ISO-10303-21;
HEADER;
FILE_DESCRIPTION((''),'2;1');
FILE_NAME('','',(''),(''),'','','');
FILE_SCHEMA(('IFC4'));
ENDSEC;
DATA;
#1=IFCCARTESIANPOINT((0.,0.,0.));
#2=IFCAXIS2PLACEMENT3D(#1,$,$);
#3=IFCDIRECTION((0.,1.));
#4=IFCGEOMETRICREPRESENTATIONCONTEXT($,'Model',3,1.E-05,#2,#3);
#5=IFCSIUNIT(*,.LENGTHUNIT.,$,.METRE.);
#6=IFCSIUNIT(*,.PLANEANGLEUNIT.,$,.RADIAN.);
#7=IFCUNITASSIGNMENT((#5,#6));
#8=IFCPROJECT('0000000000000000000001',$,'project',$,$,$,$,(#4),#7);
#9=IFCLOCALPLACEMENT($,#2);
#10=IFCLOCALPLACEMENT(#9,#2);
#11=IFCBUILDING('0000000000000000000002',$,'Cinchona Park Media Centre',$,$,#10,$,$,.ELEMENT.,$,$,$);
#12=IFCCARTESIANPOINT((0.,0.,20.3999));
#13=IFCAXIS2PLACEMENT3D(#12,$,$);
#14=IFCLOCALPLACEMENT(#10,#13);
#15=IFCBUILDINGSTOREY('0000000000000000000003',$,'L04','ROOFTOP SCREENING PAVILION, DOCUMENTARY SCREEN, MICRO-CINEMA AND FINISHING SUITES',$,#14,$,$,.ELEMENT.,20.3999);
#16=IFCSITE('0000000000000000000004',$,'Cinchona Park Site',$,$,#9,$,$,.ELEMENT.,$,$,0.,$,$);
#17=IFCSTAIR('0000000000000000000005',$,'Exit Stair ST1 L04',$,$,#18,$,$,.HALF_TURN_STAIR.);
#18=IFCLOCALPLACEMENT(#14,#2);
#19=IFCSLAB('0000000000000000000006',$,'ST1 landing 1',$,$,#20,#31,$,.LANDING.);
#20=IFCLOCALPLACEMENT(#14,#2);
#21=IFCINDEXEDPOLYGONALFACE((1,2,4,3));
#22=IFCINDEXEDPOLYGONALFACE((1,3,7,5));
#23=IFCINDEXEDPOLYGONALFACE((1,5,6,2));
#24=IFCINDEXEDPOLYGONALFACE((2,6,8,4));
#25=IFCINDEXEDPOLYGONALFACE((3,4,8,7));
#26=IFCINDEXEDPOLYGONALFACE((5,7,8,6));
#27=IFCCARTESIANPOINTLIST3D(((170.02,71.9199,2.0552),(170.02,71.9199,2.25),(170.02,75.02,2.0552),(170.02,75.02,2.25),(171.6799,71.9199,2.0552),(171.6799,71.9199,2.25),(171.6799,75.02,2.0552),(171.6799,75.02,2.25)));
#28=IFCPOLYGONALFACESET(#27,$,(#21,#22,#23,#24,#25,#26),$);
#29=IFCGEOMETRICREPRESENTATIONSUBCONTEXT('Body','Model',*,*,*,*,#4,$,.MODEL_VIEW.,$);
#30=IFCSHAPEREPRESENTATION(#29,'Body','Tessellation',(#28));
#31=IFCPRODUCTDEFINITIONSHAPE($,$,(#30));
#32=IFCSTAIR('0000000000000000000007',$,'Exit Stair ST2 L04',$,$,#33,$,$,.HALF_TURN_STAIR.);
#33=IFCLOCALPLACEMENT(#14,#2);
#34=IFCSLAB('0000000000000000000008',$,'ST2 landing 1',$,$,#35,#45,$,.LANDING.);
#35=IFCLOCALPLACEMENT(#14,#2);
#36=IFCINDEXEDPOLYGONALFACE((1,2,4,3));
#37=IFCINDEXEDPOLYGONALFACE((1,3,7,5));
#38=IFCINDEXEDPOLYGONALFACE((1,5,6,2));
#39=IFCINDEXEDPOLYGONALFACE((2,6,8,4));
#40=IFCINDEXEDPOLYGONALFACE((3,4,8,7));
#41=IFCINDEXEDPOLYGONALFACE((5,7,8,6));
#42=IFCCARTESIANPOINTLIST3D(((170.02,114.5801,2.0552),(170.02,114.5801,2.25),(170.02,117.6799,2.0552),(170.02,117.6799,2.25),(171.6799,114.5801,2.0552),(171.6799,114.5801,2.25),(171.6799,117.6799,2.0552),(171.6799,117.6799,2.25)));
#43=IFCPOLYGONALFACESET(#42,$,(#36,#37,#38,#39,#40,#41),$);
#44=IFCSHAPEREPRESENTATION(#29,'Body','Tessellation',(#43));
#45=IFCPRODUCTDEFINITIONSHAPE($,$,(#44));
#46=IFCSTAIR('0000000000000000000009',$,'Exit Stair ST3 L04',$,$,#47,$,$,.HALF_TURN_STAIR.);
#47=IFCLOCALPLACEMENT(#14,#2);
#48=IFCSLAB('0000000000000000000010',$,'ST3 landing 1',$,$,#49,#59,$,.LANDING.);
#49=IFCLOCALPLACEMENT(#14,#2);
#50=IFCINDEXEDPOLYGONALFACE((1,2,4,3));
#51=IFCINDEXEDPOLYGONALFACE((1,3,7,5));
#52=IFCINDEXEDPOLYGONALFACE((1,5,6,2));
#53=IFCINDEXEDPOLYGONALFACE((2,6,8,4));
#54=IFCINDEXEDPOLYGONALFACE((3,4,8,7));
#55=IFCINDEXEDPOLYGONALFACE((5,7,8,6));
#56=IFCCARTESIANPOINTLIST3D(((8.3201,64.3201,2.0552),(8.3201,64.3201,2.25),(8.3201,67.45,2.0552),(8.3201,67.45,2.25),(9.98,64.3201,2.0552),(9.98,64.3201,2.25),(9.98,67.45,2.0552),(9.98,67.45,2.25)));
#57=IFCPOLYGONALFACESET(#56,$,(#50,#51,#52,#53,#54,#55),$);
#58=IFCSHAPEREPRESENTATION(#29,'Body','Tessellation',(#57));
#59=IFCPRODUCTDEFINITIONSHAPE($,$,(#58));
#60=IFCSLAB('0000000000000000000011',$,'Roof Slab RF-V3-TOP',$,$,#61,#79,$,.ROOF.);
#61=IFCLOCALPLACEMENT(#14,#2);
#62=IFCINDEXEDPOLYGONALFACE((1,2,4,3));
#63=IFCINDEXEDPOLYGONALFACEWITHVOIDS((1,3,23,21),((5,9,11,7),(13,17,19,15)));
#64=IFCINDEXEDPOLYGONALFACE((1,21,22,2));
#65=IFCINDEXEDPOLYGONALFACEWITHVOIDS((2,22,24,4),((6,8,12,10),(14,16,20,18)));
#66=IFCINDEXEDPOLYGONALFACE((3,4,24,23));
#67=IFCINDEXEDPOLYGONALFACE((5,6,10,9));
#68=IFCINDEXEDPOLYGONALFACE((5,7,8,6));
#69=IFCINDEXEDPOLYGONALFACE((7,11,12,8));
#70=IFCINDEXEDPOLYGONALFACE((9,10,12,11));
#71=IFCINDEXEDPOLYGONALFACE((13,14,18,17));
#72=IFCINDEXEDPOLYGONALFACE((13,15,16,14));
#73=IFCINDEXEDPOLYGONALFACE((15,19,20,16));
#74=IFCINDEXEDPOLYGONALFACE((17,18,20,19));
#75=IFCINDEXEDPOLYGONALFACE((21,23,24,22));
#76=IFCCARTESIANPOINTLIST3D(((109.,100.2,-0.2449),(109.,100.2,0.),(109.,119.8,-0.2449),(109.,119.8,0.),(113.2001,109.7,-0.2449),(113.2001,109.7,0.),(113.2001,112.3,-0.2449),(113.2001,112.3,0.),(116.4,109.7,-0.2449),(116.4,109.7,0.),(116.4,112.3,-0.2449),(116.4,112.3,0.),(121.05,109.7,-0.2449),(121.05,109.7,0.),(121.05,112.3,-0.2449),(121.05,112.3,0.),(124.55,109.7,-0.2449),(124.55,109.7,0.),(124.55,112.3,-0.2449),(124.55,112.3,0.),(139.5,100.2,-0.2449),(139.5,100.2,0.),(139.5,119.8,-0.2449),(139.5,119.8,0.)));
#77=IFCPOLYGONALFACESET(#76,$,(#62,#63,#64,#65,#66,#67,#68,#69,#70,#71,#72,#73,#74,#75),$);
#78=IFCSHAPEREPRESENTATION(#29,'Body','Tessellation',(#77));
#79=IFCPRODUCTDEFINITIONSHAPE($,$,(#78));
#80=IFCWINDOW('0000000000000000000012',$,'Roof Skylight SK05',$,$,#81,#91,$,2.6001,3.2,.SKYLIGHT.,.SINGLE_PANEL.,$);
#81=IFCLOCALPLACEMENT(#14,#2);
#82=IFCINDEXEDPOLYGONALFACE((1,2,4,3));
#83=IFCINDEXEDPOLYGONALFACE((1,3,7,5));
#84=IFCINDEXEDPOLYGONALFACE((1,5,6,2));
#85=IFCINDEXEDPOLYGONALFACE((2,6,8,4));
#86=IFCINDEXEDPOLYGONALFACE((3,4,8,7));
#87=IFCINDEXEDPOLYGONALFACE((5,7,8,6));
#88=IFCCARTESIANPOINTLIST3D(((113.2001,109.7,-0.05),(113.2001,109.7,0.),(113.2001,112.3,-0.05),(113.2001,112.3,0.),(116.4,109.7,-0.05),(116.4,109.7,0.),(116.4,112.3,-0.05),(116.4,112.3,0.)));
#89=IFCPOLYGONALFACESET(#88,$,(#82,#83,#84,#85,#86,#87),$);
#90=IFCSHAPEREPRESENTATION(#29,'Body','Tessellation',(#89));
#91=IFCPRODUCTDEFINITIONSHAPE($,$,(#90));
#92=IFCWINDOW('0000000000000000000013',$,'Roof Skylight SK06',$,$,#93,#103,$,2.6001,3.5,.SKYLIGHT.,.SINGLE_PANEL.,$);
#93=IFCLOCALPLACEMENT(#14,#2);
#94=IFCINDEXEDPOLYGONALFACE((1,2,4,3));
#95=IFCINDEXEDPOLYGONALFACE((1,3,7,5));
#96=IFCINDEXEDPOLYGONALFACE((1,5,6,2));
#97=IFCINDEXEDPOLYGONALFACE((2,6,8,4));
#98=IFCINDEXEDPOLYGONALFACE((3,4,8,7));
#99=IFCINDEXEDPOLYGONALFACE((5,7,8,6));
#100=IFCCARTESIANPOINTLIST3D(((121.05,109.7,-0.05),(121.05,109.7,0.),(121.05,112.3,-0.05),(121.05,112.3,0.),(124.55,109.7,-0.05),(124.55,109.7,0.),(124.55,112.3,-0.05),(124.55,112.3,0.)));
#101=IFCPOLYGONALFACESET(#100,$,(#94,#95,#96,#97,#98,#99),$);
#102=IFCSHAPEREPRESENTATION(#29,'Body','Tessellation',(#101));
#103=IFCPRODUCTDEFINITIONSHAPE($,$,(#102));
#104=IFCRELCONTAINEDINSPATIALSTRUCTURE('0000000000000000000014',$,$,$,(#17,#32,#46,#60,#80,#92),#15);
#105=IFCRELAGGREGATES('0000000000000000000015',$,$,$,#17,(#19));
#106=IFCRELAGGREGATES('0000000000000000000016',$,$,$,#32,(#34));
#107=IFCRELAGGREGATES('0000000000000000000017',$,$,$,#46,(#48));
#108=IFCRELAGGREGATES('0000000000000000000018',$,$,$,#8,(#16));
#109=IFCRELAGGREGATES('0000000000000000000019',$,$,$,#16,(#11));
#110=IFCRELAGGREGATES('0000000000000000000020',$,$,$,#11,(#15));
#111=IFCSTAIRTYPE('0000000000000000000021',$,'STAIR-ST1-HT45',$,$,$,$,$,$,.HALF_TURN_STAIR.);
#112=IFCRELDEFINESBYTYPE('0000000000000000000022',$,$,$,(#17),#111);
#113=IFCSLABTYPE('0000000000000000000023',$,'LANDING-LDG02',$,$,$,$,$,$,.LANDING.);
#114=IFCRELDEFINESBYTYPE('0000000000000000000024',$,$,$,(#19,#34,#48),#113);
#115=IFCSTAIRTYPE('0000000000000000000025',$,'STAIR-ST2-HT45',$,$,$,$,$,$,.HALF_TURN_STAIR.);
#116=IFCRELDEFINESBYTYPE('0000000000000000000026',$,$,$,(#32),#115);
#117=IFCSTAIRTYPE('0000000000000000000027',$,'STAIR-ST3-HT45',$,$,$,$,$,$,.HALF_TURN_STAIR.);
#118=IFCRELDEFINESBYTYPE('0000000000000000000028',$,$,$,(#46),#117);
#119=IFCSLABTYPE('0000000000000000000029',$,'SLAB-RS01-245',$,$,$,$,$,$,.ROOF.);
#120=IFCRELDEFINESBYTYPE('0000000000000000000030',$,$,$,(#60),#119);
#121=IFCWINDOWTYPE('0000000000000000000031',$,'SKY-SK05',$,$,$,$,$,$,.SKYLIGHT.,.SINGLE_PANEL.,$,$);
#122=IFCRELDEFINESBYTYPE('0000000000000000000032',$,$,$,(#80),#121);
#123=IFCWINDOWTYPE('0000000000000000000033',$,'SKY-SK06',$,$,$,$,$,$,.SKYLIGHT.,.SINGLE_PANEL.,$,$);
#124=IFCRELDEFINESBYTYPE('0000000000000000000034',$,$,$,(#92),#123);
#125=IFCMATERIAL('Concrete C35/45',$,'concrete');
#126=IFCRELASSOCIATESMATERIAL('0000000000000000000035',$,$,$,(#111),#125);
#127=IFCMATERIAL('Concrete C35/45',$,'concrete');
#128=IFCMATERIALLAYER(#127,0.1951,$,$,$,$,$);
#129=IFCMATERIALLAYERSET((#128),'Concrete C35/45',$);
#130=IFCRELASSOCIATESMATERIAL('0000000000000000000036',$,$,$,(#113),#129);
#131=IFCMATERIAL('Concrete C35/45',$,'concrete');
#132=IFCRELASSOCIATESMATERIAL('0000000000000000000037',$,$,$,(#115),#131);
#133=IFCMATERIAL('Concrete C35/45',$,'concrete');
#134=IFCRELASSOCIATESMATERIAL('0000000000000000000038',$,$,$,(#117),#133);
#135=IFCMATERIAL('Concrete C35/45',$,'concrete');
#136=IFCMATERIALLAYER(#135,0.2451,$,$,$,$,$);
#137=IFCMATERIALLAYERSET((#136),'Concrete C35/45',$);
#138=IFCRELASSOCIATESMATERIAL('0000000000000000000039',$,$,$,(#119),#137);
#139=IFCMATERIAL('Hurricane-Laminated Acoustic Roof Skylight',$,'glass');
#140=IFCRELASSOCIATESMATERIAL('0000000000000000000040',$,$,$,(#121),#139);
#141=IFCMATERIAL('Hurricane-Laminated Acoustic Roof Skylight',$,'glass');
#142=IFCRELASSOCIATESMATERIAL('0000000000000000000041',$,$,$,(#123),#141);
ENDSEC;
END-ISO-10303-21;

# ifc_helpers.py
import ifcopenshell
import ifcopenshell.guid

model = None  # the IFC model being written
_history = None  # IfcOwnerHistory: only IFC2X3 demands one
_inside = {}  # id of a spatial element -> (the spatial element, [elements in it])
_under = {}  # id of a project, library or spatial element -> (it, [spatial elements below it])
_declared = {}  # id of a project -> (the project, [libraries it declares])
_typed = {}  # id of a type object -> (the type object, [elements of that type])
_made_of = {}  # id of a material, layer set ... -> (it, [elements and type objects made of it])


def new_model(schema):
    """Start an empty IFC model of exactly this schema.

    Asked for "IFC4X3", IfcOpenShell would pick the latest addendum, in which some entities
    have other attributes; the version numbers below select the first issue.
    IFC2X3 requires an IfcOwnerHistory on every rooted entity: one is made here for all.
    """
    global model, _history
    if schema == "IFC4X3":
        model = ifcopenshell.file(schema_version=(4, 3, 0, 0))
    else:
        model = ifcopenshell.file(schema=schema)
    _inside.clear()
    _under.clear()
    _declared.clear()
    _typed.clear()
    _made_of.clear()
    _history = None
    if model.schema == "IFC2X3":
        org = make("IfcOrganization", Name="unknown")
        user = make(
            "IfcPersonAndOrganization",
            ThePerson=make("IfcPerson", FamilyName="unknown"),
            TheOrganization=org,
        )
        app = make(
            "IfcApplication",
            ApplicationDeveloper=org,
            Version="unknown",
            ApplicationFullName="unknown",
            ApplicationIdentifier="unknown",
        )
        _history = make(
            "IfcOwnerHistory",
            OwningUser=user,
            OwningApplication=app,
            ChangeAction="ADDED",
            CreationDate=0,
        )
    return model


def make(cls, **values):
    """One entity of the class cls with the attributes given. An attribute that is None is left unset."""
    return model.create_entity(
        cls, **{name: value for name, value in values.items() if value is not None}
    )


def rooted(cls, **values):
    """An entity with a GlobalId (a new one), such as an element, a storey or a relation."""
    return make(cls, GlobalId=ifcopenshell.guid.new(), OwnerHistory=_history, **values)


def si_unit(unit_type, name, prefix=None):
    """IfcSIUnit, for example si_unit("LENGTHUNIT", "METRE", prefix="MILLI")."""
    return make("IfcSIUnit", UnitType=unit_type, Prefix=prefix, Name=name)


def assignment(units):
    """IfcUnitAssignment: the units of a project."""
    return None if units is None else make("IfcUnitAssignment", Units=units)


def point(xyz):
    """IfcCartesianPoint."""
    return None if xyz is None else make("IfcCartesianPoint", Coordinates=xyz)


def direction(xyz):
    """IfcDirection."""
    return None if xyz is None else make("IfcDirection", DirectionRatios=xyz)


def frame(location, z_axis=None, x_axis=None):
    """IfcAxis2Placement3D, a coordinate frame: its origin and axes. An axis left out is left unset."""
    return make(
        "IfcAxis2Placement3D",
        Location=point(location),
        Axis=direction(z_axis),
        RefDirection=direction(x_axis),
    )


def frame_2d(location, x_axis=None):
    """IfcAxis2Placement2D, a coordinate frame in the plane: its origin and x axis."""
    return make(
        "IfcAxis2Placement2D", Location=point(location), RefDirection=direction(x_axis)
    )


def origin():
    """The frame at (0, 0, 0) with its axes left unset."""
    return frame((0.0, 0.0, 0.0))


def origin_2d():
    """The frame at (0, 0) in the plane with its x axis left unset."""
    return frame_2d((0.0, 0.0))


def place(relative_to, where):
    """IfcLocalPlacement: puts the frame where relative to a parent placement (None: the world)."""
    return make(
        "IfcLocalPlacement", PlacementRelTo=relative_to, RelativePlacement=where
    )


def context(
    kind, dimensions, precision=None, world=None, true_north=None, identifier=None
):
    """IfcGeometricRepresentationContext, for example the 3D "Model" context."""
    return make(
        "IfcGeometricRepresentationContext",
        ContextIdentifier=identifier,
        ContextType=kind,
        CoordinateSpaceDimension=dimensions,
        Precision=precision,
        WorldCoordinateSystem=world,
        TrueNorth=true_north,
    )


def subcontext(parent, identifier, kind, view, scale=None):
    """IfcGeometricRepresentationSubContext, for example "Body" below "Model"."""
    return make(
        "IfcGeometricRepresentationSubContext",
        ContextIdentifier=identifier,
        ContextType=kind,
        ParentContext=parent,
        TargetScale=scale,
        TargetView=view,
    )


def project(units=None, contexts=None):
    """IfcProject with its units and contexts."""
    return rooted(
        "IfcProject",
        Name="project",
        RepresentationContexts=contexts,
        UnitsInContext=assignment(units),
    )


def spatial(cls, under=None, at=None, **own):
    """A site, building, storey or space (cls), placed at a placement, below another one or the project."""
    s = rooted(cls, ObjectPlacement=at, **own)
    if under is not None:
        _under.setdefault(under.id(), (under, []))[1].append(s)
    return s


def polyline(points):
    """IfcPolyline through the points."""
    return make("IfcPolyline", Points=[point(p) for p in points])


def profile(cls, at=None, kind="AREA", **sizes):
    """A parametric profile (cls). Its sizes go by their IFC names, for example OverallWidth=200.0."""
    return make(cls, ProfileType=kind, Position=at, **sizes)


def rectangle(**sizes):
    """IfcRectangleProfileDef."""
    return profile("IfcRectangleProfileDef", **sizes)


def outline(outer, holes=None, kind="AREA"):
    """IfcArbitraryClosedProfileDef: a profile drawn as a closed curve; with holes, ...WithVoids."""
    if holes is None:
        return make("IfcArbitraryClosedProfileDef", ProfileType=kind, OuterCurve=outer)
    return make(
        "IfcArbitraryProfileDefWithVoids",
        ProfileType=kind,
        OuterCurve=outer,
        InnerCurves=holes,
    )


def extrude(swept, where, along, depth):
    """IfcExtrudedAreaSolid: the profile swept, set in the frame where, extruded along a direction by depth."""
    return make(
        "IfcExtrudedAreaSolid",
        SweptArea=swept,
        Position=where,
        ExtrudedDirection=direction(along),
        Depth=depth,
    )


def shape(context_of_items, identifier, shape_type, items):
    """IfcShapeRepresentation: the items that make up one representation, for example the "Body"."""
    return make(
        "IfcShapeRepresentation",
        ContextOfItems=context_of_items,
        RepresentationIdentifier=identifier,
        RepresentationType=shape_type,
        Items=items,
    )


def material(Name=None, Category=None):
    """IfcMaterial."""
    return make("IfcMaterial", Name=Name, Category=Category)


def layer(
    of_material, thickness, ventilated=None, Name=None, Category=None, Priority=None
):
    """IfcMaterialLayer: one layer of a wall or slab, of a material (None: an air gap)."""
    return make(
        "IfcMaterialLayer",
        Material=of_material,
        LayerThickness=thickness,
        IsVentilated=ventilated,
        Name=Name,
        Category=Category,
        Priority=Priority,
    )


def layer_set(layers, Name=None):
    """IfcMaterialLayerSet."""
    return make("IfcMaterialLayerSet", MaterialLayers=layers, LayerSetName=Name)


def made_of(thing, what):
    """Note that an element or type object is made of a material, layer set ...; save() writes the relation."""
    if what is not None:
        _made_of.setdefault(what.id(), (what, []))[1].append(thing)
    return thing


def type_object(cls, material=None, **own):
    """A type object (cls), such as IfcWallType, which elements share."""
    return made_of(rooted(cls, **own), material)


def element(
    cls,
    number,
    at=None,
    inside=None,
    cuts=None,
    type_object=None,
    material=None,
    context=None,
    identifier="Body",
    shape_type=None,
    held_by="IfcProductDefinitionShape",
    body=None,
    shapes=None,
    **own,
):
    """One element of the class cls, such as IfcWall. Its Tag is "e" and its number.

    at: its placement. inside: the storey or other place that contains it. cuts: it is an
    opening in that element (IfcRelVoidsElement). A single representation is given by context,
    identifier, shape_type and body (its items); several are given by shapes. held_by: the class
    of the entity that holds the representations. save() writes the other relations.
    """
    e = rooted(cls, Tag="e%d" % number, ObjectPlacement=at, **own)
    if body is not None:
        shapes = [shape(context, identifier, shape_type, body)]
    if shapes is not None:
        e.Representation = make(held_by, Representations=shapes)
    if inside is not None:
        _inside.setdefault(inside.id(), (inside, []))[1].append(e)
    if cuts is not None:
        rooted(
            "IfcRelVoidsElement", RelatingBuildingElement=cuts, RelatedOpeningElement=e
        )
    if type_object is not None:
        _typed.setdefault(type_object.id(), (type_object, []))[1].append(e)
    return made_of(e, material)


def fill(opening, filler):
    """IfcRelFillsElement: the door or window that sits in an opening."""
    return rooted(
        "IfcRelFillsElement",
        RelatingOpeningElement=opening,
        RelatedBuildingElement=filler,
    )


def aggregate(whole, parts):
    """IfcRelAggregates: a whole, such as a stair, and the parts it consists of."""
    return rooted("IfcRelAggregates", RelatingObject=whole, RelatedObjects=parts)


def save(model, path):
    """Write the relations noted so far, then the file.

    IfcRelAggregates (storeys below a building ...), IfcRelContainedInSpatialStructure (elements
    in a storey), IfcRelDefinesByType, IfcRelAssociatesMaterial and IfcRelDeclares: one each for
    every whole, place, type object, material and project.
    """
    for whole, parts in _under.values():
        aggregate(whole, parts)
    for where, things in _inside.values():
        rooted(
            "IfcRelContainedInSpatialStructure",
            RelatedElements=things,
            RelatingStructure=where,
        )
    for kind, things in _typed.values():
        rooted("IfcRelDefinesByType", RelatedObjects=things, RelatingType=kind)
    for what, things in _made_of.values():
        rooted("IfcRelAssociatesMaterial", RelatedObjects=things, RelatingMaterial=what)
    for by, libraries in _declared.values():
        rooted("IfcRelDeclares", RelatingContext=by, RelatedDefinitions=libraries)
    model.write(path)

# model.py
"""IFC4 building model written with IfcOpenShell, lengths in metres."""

from ifc_helpers import new_model, si_unit, direction, frame, origin, origin_2d, place, context, subcontext, project, spatial, polyline, rectangle, outline, extrude, material, layer, layer_set, type_object, element, fill, aggregate, save


model = new_model("IFC4")

# Units and contexts
model_context = context("Model", 3, precision=1e-05, world=origin(), true_north=direction((0.0, 1.0)))
body_context = subcontext(model_context, "Body", "Model", "MODEL_VIEW")
ifc_project = project(units=[si_unit("LENGTHUNIT", "METRE"), si_unit("PLANEANGLEUNIT", "RADIAN")], contexts=[model_context])

# Site, building, storey
site_placement = place(None, origin())
site = spatial("IfcSite", under=ifc_project, at=site_placement, Name="Cinchona Park Site", CompositionType="ELEMENT", RefElevation=0.0)
building_placement = place(site_placement, origin())
building = spatial("IfcBuilding", under=site, at=building_placement, Name="Cinchona Park Media Centre", CompositionType="ELEMENT")
storey_placement = place(building_placement, frame((0.0, 0.0, 20.3999)))
storey = spatial("IfcBuildingStorey", under=building, at=storey_placement, Name="L04", Description="ROOFTOP SCREENING PAVILION, DOCUMENTARY SCREEN, MICRO-CINEMA AND FINISHING SUITES", CompositionType="ELEMENT", Elevation=20.3999)

# Stairs, slabs
ifc_material_1 = material(Name="Concrete C35/45", Category="concrete")
stair_type_1 = type_object("IfcStairType", Name="STAIR-ST1-HT45", PredefinedType="HALF_TURN_STAIR", material=ifc_material_1)
stair_1_placement = place(storey_placement, origin())
stair_1 = element("IfcStair", 1, at=stair_1_placement, inside=storey, type_object=stair_type_1, Name="Exit Stair ST1 L04", PredefinedType="HALF_TURN_STAIR")
ifc_material_2 = material(Name="Concrete C35/45", Category="concrete")
ifc_layer_1 = layer(ifc_material_2, 0.1951)
ifc_layer_set_1 = layer_set([ifc_layer_1], Name="Concrete C35/45")
slab_type_1 = type_object("IfcSlabType", Name="LANDING-LDG02", PredefinedType="LANDING", material=ifc_layer_set_1)
slab_1_placement = place(storey_placement, frame((0.0, 0.0, 2.0552)))
slab_1 = element("IfcSlab", 2, at=slab_1_placement, type_object=slab_type_1, Name="ST1 landing 1", PredefinedType="LANDING", context=body_context, shape_type="SweptSolid", body=[
    extrude(outline(polyline([(170.02, 71.9199), (171.6799, 71.9199), (171.6799, 75.02), (170.02, 75.02), (170.02, 71.9199)])), origin(), (0.0, 0.0, 1.0), 0.1948),
])
aggregate(stair_1, [slab_1])
ifc_material_3 = material(Name="Concrete C35/45", Category="concrete")
stair_type_2 = type_object("IfcStairType", Name="STAIR-ST2-HT45", PredefinedType="HALF_TURN_STAIR", material=ifc_material_3)
stair_2_placement = place(storey_placement, origin())
stair_2 = element("IfcStair", 3, at=stair_2_placement, inside=storey, type_object=stair_type_2, Name="Exit Stair ST2 L04", PredefinedType="HALF_TURN_STAIR")
slab_2_placement = place(storey_placement, frame((0.0, 0.0, 2.0552)))
slab_2 = element("IfcSlab", 4, at=slab_2_placement, type_object=slab_type_1, Name="ST2 landing 1", PredefinedType="LANDING", context=body_context, shape_type="SweptSolid", body=[
    extrude(outline(polyline([(170.02, 114.5801), (171.6799, 114.5801), (171.6799, 117.6799), (170.02, 117.6799), (170.02, 114.5801)])), origin(), (0.0, 0.0, 1.0), 0.1948),
])
aggregate(stair_2, [slab_2])
ifc_material_4 = material(Name="Concrete C35/45", Category="concrete")
stair_type_3 = type_object("IfcStairType", Name="STAIR-ST3-HT45", PredefinedType="HALF_TURN_STAIR", material=ifc_material_4)
stair_3_placement = place(storey_placement, origin())
stair_3 = element("IfcStair", 5, at=stair_3_placement, inside=storey, type_object=stair_type_3, Name="Exit Stair ST3 L04", PredefinedType="HALF_TURN_STAIR")
slab_3_placement = place(storey_placement, frame((0.0, 0.0, 2.0552)))
slab_3 = element("IfcSlab", 6, at=slab_3_placement, type_object=slab_type_1, Name="ST3 landing 1", PredefinedType="LANDING", context=body_context, shape_type="SweptSolid", body=[
    extrude(outline(polyline([(8.3201, 64.3201), (9.98, 64.3201), (9.98, 67.45), (8.3201, 67.45), (8.3201, 64.3201)])), origin(), (0.0, 0.0, 1.0), 0.1948),
])
aggregate(stair_3, [slab_3])

# Slab, openings, windows
ifc_material_5 = material(Name="Concrete C35/45", Category="concrete")
ifc_layer_2 = layer(ifc_material_5, 0.2451)
ifc_layer_set_2 = layer_set([ifc_layer_2], Name="Concrete C35/45")
slab_type_2 = type_object("IfcSlabType", Name="SLAB-RS01-245", PredefinedType="ROOF", material=ifc_layer_set_2)
slab_4_placement = place(storey_placement, frame((0.0, 0.0, -0.2449)))
slab_4 = element("IfcSlab", 7, at=slab_4_placement, inside=storey, type_object=slab_type_2, Name="Roof Slab RF-V3-TOP", PredefinedType="ROOF", context=body_context, shape_type="SweptSolid", body=[
    extrude(outline(polyline([(109.0, 100.2), (139.5, 100.2), (139.5, 119.8), (109.0, 119.8), (109.0, 100.2)])), origin(), (0.0, 0.0, 1.0), 0.2449),
])
opening_1_placement = place(slab_4_placement, frame((114.8, 111.0, 0.0)))
opening_1 = element("IfcOpeningElement", 8, at=opening_1_placement, cuts=slab_4, PredefinedType="OPENING", context=body_context, shape_type="SweptSolid", body=[
    extrude(rectangle(XDim=3.2, YDim=2.6001, at=origin_2d()), origin(), (0.0, 0.0, 1.0), 0.2449),
])
opening_2_placement = place(slab_4_placement, frame((122.8, 111.0, 0.0)))
opening_2 = element("IfcOpeningElement", 9, at=opening_2_placement, cuts=slab_4, PredefinedType="OPENING", context=body_context, shape_type="SweptSolid", body=[
    extrude(rectangle(XDim=3.5, YDim=2.6001, at=origin_2d()), origin(), (0.0, 0.0, 1.0), 0.2449),
])
ifc_material_6 = material(Name="Hurricane-Laminated Acoustic Roof Skylight", Category="glass")
window_type_1 = type_object("IfcWindowType", Name="SKY-SK05", PartitioningType="SINGLE_PANEL", PredefinedType="SKYLIGHT", material=ifc_material_6)
window_1_placement = place(opening_1_placement, frame((0.0, 0.0, 0.1948)))
window_1 = element("IfcWindow", 10, at=window_1_placement, inside=storey, type_object=window_type_1, Name="Roof Skylight SK05", OverallHeight=2.6001, OverallWidth=3.2, PartitioningType="SINGLE_PANEL", PredefinedType="SKYLIGHT", context=body_context, shape_type="SweptSolid", body=[
    extrude(rectangle(XDim=3.2, YDim=2.6001, at=origin_2d()), origin(), (0.0, 0.0, 1.0), 0.05),
])
fill(opening_1, window_1)
ifc_material_7 = material(Name="Hurricane-Laminated Acoustic Roof Skylight", Category="glass")
window_type_2 = type_object("IfcWindowType", Name="SKY-SK06", PartitioningType="SINGLE_PANEL", PredefinedType="SKYLIGHT", material=ifc_material_7)
window_2_placement = place(opening_2_placement, frame((0.0, 0.0, 0.1948)))
window_2 = element("IfcWindow", 11, at=window_2_placement, inside=storey, type_object=window_type_2, Name="Roof Skylight SK06", OverallHeight=2.6001, OverallWidth=3.5, PartitioningType="SINGLE_PANEL", PredefinedType="SKYLIGHT", context=body_context, shape_type="SweptSolid", body=[
    extrude(rectangle(XDim=3.5, YDim=2.6001, at=origin_2d()), origin(), (0.0, 0.0, 1.0), 0.05),
])
fill(opening_2, window_2)

save(model, "model.ifc")
